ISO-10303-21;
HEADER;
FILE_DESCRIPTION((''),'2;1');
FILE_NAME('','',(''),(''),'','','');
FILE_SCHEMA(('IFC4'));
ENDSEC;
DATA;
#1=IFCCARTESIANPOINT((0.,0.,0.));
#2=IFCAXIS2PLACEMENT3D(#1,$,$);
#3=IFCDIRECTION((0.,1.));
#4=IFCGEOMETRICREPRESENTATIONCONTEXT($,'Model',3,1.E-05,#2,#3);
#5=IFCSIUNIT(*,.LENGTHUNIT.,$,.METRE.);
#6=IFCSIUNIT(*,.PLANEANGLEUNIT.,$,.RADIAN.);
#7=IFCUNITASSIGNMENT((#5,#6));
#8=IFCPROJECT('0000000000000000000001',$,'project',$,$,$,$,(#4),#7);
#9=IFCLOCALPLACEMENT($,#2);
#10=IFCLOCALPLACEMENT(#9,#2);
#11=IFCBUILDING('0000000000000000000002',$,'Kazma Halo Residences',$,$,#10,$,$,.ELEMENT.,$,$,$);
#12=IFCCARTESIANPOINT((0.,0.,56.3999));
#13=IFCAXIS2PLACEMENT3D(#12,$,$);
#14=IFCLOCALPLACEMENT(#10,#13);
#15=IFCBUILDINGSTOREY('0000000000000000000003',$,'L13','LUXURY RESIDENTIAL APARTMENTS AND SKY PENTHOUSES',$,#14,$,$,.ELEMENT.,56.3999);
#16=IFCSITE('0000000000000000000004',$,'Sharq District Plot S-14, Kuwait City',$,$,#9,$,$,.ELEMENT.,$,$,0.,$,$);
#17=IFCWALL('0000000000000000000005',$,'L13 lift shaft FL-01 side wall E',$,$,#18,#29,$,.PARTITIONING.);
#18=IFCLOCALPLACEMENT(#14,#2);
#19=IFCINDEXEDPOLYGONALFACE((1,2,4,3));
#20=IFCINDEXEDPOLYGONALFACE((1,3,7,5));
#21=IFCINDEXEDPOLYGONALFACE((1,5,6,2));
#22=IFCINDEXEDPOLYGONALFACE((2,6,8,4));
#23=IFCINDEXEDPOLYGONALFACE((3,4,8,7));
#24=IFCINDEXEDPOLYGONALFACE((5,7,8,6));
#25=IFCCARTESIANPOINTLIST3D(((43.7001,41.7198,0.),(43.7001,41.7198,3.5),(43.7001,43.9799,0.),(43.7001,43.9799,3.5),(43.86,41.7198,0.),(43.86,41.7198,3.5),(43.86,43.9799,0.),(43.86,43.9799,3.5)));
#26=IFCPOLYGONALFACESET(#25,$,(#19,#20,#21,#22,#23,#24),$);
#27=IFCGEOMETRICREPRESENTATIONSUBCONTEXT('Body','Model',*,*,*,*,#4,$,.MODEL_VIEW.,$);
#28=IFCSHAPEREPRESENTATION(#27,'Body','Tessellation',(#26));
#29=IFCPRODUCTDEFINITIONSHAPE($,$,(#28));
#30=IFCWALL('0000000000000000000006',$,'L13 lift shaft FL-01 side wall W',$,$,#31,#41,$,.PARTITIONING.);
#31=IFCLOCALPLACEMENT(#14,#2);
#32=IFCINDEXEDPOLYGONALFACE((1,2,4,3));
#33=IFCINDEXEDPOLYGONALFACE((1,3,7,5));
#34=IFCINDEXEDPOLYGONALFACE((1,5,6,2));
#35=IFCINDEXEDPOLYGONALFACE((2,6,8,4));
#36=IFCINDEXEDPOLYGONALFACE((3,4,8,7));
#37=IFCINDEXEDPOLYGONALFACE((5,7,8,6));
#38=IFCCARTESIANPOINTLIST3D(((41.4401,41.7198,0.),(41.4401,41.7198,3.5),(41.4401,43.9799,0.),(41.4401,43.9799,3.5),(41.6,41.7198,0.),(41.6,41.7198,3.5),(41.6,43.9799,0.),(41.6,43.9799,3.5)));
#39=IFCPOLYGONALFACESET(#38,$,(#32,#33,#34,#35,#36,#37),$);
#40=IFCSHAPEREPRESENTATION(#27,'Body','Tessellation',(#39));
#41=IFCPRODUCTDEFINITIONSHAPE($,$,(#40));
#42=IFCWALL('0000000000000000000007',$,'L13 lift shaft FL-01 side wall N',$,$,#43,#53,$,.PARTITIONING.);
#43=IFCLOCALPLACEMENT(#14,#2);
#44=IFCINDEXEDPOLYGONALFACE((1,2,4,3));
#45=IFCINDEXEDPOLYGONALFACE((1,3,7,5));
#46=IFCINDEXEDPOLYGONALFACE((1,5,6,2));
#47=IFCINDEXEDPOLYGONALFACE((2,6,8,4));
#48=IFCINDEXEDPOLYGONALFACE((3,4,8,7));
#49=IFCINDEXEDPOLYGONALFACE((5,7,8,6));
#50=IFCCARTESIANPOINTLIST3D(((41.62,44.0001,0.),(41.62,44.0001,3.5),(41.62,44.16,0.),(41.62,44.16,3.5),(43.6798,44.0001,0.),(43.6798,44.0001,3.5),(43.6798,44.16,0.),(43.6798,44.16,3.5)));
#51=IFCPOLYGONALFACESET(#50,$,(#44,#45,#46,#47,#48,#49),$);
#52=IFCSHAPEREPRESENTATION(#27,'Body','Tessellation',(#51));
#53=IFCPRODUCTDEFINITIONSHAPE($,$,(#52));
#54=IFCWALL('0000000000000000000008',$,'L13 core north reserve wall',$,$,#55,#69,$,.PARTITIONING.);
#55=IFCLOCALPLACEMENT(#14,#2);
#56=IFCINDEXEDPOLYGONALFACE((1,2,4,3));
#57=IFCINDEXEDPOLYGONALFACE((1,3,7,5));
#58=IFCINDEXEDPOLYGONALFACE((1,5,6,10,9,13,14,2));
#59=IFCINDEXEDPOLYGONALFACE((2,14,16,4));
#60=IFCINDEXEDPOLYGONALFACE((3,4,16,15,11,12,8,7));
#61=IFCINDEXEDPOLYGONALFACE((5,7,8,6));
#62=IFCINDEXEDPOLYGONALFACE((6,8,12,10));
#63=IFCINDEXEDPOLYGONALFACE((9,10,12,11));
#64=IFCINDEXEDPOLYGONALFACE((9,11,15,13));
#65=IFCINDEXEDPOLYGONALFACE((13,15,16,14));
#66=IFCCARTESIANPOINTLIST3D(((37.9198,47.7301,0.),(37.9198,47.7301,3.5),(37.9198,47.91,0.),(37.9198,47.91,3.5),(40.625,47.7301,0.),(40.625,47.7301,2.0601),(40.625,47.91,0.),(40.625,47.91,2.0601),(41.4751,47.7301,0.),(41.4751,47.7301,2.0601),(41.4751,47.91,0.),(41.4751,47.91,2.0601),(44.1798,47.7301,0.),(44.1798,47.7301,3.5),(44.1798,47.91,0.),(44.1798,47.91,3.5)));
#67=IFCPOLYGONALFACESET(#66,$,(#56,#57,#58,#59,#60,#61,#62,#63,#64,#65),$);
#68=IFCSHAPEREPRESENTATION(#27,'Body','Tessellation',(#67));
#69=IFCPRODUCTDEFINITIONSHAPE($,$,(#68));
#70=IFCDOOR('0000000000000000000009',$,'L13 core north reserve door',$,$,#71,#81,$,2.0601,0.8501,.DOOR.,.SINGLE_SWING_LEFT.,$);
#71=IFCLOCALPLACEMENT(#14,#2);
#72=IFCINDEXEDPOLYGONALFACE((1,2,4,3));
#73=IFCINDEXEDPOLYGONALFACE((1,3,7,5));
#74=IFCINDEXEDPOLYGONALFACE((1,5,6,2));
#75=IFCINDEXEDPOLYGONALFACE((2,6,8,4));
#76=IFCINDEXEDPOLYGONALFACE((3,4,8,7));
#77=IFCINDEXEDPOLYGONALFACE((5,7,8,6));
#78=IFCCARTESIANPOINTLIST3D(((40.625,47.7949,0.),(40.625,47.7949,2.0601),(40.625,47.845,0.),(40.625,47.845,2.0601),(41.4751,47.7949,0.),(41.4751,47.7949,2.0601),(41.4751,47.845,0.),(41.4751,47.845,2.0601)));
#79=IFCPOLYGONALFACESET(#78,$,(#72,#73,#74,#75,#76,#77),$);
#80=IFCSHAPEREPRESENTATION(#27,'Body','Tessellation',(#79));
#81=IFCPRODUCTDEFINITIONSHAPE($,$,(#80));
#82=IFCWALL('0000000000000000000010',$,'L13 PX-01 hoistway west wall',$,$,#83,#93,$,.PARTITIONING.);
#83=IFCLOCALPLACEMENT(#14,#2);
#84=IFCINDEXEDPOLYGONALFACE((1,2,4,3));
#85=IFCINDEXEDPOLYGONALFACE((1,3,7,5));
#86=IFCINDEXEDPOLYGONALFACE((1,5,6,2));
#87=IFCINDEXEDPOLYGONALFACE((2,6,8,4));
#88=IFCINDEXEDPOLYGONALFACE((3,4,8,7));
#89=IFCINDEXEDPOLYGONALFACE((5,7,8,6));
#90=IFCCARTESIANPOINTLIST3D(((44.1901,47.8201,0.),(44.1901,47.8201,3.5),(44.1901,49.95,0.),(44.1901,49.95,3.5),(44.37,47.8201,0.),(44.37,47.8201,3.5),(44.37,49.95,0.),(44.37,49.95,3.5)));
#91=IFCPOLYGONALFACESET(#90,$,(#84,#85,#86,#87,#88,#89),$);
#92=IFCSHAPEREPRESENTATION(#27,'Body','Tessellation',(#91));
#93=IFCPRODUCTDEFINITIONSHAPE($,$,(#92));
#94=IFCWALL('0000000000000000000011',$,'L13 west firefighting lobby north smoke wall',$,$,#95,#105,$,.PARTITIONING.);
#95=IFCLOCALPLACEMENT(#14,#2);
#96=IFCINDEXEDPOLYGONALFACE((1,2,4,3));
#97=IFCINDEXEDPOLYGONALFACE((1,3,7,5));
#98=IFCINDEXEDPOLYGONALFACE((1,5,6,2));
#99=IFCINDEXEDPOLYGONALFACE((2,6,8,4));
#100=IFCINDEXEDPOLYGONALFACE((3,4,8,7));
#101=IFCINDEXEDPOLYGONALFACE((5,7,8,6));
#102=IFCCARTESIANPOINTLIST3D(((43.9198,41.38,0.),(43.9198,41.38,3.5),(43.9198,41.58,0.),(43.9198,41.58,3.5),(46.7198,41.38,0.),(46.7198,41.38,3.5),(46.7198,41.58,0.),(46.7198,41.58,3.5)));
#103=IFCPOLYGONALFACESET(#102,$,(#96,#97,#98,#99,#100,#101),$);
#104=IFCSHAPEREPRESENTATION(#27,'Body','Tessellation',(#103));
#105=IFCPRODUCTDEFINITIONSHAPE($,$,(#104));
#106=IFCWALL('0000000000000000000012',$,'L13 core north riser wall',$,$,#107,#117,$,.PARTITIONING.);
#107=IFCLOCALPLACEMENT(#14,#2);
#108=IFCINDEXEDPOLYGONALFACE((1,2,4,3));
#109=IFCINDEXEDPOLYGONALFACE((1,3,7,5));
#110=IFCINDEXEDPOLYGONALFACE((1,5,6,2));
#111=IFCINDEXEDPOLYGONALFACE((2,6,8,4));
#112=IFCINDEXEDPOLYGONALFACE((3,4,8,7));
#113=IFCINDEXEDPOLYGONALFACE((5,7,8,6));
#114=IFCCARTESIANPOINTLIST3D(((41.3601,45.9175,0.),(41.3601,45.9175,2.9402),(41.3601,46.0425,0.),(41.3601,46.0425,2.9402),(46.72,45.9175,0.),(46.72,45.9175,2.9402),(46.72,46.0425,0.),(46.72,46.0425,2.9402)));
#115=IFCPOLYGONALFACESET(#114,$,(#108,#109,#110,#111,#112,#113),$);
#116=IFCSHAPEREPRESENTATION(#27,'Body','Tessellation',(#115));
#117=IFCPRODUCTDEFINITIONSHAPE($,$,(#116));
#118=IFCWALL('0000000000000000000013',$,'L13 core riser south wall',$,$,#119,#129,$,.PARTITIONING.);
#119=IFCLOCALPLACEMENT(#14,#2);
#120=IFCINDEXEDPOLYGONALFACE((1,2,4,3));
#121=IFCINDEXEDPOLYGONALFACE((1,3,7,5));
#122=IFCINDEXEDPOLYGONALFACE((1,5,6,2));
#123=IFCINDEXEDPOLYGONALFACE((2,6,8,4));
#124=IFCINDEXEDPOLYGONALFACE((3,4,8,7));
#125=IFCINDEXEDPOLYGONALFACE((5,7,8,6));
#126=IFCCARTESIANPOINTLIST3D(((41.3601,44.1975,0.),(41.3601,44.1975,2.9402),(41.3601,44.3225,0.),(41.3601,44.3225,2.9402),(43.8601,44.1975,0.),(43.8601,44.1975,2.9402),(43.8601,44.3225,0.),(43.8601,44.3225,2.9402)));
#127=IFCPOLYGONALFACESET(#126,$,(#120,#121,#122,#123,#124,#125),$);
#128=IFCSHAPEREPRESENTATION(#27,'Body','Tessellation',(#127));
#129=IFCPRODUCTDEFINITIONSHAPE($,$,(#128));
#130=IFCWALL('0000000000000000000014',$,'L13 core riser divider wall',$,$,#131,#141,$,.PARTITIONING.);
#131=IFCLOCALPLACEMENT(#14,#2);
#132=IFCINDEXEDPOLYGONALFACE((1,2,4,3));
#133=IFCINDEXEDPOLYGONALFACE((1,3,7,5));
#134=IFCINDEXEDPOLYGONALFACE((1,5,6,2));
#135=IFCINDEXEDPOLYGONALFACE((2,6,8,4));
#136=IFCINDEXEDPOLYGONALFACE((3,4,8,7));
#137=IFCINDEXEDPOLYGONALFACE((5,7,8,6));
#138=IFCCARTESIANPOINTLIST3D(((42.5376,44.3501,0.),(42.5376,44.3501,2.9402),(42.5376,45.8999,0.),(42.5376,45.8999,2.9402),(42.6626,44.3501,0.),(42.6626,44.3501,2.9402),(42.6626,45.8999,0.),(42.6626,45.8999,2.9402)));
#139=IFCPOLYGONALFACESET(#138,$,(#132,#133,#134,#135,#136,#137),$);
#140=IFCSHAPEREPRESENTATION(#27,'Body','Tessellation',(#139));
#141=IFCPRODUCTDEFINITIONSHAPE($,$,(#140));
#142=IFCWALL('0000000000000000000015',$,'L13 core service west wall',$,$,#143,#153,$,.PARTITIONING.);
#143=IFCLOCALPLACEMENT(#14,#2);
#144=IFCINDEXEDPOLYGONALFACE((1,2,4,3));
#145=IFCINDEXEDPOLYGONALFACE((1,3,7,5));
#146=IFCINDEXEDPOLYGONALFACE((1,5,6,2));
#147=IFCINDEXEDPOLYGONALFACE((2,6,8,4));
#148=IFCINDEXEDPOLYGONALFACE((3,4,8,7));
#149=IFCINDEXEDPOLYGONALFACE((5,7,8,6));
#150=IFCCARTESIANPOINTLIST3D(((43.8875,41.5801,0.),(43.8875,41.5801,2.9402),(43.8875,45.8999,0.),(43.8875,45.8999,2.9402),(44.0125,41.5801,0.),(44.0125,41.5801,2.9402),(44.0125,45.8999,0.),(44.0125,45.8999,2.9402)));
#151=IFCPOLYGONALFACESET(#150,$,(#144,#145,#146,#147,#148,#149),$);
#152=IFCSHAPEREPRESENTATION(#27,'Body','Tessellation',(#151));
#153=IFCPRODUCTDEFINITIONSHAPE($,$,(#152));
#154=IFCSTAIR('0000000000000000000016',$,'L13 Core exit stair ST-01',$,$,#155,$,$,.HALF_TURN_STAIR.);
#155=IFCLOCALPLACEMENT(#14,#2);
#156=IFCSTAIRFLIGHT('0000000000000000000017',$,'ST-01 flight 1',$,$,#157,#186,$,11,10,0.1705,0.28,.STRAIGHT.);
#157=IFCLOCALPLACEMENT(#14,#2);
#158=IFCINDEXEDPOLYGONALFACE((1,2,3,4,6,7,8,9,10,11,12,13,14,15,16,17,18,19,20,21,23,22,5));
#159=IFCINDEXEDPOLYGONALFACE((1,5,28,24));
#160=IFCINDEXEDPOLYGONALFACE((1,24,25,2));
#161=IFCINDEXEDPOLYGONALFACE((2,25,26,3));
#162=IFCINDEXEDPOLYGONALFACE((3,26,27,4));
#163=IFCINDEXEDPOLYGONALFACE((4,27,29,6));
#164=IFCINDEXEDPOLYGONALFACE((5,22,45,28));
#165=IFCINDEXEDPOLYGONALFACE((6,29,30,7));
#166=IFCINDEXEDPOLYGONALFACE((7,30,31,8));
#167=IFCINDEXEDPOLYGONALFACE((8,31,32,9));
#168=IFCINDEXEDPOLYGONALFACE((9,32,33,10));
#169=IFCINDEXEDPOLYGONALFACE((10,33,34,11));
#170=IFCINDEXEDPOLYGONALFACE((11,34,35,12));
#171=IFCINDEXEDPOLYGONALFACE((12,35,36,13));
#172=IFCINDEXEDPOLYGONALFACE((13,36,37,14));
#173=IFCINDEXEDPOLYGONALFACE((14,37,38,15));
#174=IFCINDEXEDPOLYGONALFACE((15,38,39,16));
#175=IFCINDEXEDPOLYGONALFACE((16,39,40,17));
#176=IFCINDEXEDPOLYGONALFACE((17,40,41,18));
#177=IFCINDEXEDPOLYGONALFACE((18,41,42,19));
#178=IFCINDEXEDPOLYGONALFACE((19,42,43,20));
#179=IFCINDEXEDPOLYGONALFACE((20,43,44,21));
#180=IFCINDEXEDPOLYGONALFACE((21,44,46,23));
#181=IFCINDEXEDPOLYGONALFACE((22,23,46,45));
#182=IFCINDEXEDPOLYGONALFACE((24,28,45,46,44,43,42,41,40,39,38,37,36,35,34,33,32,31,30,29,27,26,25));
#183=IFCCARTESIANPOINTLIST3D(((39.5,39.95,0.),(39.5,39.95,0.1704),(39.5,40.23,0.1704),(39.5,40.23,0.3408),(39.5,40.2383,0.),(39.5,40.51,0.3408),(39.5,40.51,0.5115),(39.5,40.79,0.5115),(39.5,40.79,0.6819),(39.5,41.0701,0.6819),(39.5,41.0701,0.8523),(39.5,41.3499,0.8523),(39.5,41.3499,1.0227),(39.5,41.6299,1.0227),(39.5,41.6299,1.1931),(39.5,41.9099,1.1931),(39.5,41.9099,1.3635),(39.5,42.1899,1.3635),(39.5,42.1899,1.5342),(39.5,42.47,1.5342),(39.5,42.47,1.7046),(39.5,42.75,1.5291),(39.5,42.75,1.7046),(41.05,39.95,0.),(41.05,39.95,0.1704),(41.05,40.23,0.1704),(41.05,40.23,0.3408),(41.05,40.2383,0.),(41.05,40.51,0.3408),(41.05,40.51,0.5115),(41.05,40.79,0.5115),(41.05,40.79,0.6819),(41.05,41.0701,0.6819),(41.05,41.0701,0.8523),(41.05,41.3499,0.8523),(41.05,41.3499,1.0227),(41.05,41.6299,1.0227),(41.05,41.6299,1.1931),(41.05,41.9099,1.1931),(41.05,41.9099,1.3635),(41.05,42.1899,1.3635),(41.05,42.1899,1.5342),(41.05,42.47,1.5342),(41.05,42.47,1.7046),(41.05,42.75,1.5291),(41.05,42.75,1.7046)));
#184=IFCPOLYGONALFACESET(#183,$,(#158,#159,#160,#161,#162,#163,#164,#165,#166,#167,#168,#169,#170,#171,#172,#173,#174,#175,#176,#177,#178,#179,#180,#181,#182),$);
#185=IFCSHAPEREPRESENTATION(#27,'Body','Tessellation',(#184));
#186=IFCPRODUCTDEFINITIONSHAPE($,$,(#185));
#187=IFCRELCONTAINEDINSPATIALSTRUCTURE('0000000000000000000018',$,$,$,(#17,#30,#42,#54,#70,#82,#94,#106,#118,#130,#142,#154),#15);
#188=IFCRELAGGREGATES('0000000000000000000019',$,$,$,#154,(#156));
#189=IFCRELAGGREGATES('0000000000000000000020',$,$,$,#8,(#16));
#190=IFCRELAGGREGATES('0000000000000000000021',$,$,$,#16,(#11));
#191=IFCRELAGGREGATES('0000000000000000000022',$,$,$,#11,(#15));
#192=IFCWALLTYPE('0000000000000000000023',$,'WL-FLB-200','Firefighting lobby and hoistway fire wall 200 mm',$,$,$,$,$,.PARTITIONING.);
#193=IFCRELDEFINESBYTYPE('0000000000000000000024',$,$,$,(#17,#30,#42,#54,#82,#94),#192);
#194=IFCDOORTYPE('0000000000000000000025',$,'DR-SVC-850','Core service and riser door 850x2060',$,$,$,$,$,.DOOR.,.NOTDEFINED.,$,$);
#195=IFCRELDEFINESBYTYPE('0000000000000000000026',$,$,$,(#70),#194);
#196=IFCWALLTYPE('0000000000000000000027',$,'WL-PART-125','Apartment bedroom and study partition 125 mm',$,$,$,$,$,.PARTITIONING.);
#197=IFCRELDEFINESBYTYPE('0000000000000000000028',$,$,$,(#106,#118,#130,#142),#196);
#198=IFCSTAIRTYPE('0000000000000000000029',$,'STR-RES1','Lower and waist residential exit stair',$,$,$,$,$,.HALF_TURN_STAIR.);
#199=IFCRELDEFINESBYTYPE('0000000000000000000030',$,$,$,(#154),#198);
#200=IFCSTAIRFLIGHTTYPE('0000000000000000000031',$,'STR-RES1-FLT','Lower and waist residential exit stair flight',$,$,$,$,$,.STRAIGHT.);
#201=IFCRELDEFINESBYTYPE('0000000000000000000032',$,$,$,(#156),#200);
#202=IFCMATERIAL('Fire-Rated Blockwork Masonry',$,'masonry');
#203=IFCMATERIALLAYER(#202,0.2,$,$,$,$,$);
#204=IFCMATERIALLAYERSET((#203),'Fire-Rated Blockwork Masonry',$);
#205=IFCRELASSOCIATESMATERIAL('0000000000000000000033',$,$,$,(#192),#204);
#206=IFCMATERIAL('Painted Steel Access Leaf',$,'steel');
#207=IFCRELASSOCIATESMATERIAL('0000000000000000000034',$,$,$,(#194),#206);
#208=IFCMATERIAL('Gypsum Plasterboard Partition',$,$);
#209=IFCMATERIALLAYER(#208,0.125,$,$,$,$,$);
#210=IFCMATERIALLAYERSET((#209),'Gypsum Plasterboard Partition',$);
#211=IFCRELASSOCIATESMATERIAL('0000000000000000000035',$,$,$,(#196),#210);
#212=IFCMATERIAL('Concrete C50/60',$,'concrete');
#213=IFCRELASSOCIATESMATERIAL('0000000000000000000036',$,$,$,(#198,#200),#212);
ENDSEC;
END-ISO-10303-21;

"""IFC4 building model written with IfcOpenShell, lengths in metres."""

from ifc_helpers import new_model, si_unit, direction, frame, frame_2d, origin, place, context, subcontext, project, spatial, polyline, rectangle, outline, extrude, material, layer, layer_set, type_object, element, fill, aggregate, save


model = new_model("IFC4")

# Units and contexts
model_context = context("Model", 3, precision=1e-05, world=origin(), true_north=direction((0.0, 1.0)))
body_context = subcontext(model_context, "Body", "Model", "MODEL_VIEW")
ifc_project = project(units=[si_unit("LENGTHUNIT", "METRE"), si_unit("PLANEANGLEUNIT", "RADIAN")], contexts=[model_context])

# Site, building, storey
site_placement = place(None, origin())
site = spatial("IfcSite", under=ifc_project, at=site_placement, Name="Sharq District Plot S-14, Kuwait City", CompositionType="ELEMENT", RefElevation=0.0)
building_placement = place(site_placement, origin())
building = spatial("IfcBuilding", under=site, at=building_placement, Name="Kazma Halo Residences", CompositionType="ELEMENT")
storey_placement = place(building_placement, frame((0.0, 0.0, 56.3999)))
storey = spatial("IfcBuildingStorey", under=building, at=storey_placement, Name="L13", Description="LUXURY RESIDENTIAL APARTMENTS AND SKY PENTHOUSES", CompositionType="ELEMENT", Elevation=56.3999)

# Shared definitions
ifc_material_1 = material(Name="Fire-Rated Blockwork Masonry", Category="masonry")
ifc_layer_1 = layer(ifc_material_1, 0.2)
ifc_layer_set_1 = layer_set([ifc_layer_1], Name="Fire-Rated Blockwork Masonry")
wall_type_1 = type_object("IfcWallType", Name="WL-FLB-200", Description="Firefighting lobby and hoistway fire wall 200 mm", PredefinedType="PARTITIONING", material=ifc_layer_set_1)

# Walls
for number, where, z_axis, x_axis, name in (
    (1, (43.78, 41.72, 0.0), (0.0, 0.0, 1.0), (0.0, 1.0, 0.0), "L13 lift shaft FL-01 side wall E"),
    (2, (41.52, 41.72, 0.0), (0.0, 0.0, 1.0), (0.0, 1.0, 0.0), "L13 lift shaft FL-01 side wall W"),
):
    element("IfcWall", number, at=place(storey_placement, frame(where, z_axis=z_axis, x_axis=x_axis)), inside=storey, type_object=wall_type_1, Name=name, PredefinedType="PARTITIONING", context=body_context, shape_type="SweptSolid", body=[
        extrude(rectangle(XDim=2.26, YDim=0.1599, at=frame_2d((1.1299, 0.0))), origin(), (0.0, 0.0, 1.0), 3.5),
    ])
wall_1_placement = place(storey_placement, frame((41.6201, 44.0801, 0.0), z_axis=(0.0, 0.0, 1.0), x_axis=(1.0, 0.0, 0.0)))
element("IfcWall", 3, at=wall_1_placement, inside=storey, type_object=wall_type_1, Name="L13 lift shaft FL-01 side wall N", PredefinedType="PARTITIONING", context=body_context, shape_type="SweptSolid", body=[
    extrude(rectangle(XDim=2.0598, YDim=0.1599, at=frame_2d((1.0298, 0.0))), origin(), (0.0, 0.0, 1.0), 3.5),
])

# Wall, opening, door
wall_2_placement = place(storey_placement, frame((37.9199, 47.8201, 0.0), z_axis=(0.0, 0.0, 1.0), x_axis=(1.0, 0.0, 0.0)))
wall_2 = element("IfcWall", 4, at=wall_2_placement, inside=storey, type_object=wall_type_1, Name="L13 core north reserve wall", PredefinedType="PARTITIONING", context=body_context, shape_type="SweptSolid", body=[
    extrude(rectangle(XDim=6.26, YDim=0.1799, at=frame_2d((3.1299, 0.0))), origin(), (0.0, 0.0, 1.0), 3.5),
])
opening_1_placement = place(wall_2_placement, frame((2.7051, 0.0, 0.0)))
opening_1 = element("IfcOpeningElement", 5, at=opening_1_placement, cuts=wall_2, PredefinedType="OPENING", context=body_context, shape_type="SweptSolid", body=[
    extrude(rectangle(XDim=0.8501, YDim=2.0601, at=frame_2d((0.425, 1.03))), frame((0.0, 0.0999, 0.0), z_axis=(0.0, -1.0, 0.0), x_axis=(1.0, 0.0, 0.0)), (0.0, 0.0, 1.0), 0.2),
])
ifc_material_2 = material(Name="Painted Steel Access Leaf", Category="steel")
door_type_1 = type_object("IfcDoorType", Name="DR-SVC-850", Description="Core service and riser door 850x2060", OperationType="NOTDEFINED", PredefinedType="DOOR", material=ifc_material_2)
door_1_placement = place(opening_1_placement, origin())
door_1 = element("IfcDoor", 6, at=door_1_placement, inside=storey, type_object=door_type_1, Name="L13 core north reserve door", OperationType="SINGLE_SWING_LEFT", OverallHeight=2.0601, OverallWidth=0.8501, PredefinedType="DOOR", context=body_context, shape_type="SweptSolid", body=[
    extrude(rectangle(XDim=0.8501, YDim=2.0601, at=frame_2d((0.425, 1.03))), frame((0.0, 0.0249, 0.0), z_axis=(0.0, -1.0, 0.0), x_axis=(1.0, 0.0, 0.0)), (0.0, 0.0, 1.0), 0.05),
])
fill(opening_1, door_1)

# Walls
wall_3_placement = place(storey_placement, frame((44.28, 47.8201, 0.0), z_axis=(0.0, 0.0, 1.0), x_axis=(0.0, 1.0, 0.0)))
element("IfcWall", 7, at=wall_3_placement, inside=storey, type_object=wall_type_1, Name="L13 PX-01 hoistway west wall", PredefinedType="PARTITIONING", context=body_context, shape_type="SweptSolid", body=[
    extrude(rectangle(XDim=2.1299, YDim=0.1799, at=frame_2d((1.0649, 0.0))), origin(), (0.0, 0.0, 1.0), 3.5),
])
wall_4_placement = place(storey_placement, frame((43.9199, 41.48, 0.0), z_axis=(0.0, 0.0, 1.0), x_axis=(1.0, 0.0, 0.0)))
element("IfcWall", 8, at=wall_4_placement, inside=storey, type_object=wall_type_1, Name="L13 west firefighting lobby north smoke wall", PredefinedType="PARTITIONING", context=body_context, shape_type="SweptSolid", body=[
    extrude(rectangle(XDim=2.8, YDim=0.2, at=frame_2d((1.3999, 0.0))), origin(), (0.0, 0.0, 1.0), 3.5),
])
ifc_material_3 = material(Name="Gypsum Plasterboard Partition")
ifc_layer_2 = layer(ifc_material_3, 0.125)
ifc_layer_set_2 = layer_set([ifc_layer_2], Name="Gypsum Plasterboard Partition")
wall_type_2 = type_object("IfcWallType", Name="WL-PART-125", Description="Apartment bedroom and study partition 125 mm", PredefinedType="PARTITIONING", material=ifc_layer_set_2)
wall_5_placement = place(storey_placement, frame((41.3601, 45.98, 0.0), z_axis=(0.0, 0.0, 1.0), x_axis=(1.0, 0.0, 0.0)))
element("IfcWall", 9, at=wall_5_placement, inside=storey, type_object=wall_type_2, Name="L13 core north riser wall", PredefinedType="PARTITIONING", context=body_context, shape_type="SweptSolid", body=[
    extrude(rectangle(XDim=5.3599, YDim=0.125, at=frame_2d((2.6799, 0.0))), origin(), (0.0, 0.0, 1.0), 2.9402),
])
wall_6_placement = place(storey_placement, frame((41.3601, 44.26, 0.0), z_axis=(0.0, 0.0, 1.0), x_axis=(1.0, 0.0, 0.0)))
element("IfcWall", 10, at=wall_6_placement, inside=storey, type_object=wall_type_2, Name="L13 core riser south wall", PredefinedType="PARTITIONING", context=body_context, shape_type="SweptSolid", body=[
    extrude(rectangle(XDim=2.5, YDim=0.125, at=frame_2d((1.25, 0.0))), origin(), (0.0, 0.0, 1.0), 2.9402),
])
wall_7_placement = place(storey_placement, frame((42.6001, 44.3501, 0.0), z_axis=(0.0, 0.0, 1.0), x_axis=(0.0, 1.0, 0.0)))
element("IfcWall", 11, at=wall_7_placement, inside=storey, type_object=wall_type_2, Name="L13 core riser divider wall", PredefinedType="PARTITIONING", context=body_context, shape_type="SweptSolid", body=[
    extrude(rectangle(XDim=1.5498, YDim=0.125, at=frame_2d((0.7749, 0.0))), origin(), (0.0, 0.0, 1.0), 2.9402),
])
wall_8_placement = place(storey_placement, frame((43.95, 41.5801, 0.0), z_axis=(0.0, 0.0, 1.0), x_axis=(0.0, 1.0, 0.0)))
element("IfcWall", 12, at=wall_8_placement, inside=storey, type_object=wall_type_2, Name="L13 core service west wall", PredefinedType="PARTITIONING", context=body_context, shape_type="SweptSolid", body=[
    extrude(rectangle(XDim=4.3198, YDim=0.125, at=frame_2d((2.1599, 0.0))), origin(), (0.0, 0.0, 1.0), 2.9402),
])

# Stair, stair flight
ifc_material_4 = material(Name="Concrete C50/60", Category="concrete")
stair_type = type_object("IfcStairType", Name="STR-RES1", Description="Lower and waist residential exit stair", PredefinedType="HALF_TURN_STAIR", material=ifc_material_4)
stair_placement = place(storey_placement, origin())
stair = element("IfcStair", 13, at=stair_placement, inside=storey, type_object=stair_type, Name="L13 Core exit stair ST-01", PredefinedType="HALF_TURN_STAIR")
stair_flight_type = type_object("IfcStairFlightType", Name="STR-RES1-FLT", Description="Lower and waist residential exit stair flight", PredefinedType="STRAIGHT", material=ifc_material_4)
stair_flight_1_placement = place(storey_placement, frame((40.2749, 39.95, 0.0), z_axis=(0.0, 0.0, 1.0), x_axis=(0.0, 1.0, 0.0)))
stair_flight_1 = element("IfcStairFlight", 14, at=stair_flight_1_placement, type_object=stair_flight_type, Name="ST-01 flight 1", NumberOfRisers=11, NumberOfTreads=10, PredefinedType="STRAIGHT", RiserHeight=0.1705, TreadLength=0.28, context=body_context, shape_type="SweptSolid", body=[
    extrude(outline(polyline([(0.0, 0.0), (0.0, 0.1704), (0.28, 0.1704), (0.28, 0.3408), (0.5601, 0.3408), (0.5601, 0.5115), (0.8401, 0.5115), (0.8401, 0.6819), (1.1201, 0.6819), (1.1201, 0.8523), (1.3999, 0.8523), (1.3999, 1.0227), (1.6799, 1.0227), (1.6799, 1.1931), (1.96, 1.1931), (1.96, 1.3635), (2.24, 1.3635), (2.24, 1.5342), (2.52, 1.5342), (2.52, 1.7046), (2.8, 1.7046), (2.8, 1.875), (2.8, 1.5291), (0.2883, 0.0), (0.0, 0.0)])), frame((0.0, 0.7749, 0.0), z_axis=(0.0, -1.0, 0.0), x_axis=(1.0, 0.0, 0.0)), (0.0, 0.0, 1.0), 1.55),
])
aggregate(stair, [stair_flight_1])

save(model, "model.ifc")
